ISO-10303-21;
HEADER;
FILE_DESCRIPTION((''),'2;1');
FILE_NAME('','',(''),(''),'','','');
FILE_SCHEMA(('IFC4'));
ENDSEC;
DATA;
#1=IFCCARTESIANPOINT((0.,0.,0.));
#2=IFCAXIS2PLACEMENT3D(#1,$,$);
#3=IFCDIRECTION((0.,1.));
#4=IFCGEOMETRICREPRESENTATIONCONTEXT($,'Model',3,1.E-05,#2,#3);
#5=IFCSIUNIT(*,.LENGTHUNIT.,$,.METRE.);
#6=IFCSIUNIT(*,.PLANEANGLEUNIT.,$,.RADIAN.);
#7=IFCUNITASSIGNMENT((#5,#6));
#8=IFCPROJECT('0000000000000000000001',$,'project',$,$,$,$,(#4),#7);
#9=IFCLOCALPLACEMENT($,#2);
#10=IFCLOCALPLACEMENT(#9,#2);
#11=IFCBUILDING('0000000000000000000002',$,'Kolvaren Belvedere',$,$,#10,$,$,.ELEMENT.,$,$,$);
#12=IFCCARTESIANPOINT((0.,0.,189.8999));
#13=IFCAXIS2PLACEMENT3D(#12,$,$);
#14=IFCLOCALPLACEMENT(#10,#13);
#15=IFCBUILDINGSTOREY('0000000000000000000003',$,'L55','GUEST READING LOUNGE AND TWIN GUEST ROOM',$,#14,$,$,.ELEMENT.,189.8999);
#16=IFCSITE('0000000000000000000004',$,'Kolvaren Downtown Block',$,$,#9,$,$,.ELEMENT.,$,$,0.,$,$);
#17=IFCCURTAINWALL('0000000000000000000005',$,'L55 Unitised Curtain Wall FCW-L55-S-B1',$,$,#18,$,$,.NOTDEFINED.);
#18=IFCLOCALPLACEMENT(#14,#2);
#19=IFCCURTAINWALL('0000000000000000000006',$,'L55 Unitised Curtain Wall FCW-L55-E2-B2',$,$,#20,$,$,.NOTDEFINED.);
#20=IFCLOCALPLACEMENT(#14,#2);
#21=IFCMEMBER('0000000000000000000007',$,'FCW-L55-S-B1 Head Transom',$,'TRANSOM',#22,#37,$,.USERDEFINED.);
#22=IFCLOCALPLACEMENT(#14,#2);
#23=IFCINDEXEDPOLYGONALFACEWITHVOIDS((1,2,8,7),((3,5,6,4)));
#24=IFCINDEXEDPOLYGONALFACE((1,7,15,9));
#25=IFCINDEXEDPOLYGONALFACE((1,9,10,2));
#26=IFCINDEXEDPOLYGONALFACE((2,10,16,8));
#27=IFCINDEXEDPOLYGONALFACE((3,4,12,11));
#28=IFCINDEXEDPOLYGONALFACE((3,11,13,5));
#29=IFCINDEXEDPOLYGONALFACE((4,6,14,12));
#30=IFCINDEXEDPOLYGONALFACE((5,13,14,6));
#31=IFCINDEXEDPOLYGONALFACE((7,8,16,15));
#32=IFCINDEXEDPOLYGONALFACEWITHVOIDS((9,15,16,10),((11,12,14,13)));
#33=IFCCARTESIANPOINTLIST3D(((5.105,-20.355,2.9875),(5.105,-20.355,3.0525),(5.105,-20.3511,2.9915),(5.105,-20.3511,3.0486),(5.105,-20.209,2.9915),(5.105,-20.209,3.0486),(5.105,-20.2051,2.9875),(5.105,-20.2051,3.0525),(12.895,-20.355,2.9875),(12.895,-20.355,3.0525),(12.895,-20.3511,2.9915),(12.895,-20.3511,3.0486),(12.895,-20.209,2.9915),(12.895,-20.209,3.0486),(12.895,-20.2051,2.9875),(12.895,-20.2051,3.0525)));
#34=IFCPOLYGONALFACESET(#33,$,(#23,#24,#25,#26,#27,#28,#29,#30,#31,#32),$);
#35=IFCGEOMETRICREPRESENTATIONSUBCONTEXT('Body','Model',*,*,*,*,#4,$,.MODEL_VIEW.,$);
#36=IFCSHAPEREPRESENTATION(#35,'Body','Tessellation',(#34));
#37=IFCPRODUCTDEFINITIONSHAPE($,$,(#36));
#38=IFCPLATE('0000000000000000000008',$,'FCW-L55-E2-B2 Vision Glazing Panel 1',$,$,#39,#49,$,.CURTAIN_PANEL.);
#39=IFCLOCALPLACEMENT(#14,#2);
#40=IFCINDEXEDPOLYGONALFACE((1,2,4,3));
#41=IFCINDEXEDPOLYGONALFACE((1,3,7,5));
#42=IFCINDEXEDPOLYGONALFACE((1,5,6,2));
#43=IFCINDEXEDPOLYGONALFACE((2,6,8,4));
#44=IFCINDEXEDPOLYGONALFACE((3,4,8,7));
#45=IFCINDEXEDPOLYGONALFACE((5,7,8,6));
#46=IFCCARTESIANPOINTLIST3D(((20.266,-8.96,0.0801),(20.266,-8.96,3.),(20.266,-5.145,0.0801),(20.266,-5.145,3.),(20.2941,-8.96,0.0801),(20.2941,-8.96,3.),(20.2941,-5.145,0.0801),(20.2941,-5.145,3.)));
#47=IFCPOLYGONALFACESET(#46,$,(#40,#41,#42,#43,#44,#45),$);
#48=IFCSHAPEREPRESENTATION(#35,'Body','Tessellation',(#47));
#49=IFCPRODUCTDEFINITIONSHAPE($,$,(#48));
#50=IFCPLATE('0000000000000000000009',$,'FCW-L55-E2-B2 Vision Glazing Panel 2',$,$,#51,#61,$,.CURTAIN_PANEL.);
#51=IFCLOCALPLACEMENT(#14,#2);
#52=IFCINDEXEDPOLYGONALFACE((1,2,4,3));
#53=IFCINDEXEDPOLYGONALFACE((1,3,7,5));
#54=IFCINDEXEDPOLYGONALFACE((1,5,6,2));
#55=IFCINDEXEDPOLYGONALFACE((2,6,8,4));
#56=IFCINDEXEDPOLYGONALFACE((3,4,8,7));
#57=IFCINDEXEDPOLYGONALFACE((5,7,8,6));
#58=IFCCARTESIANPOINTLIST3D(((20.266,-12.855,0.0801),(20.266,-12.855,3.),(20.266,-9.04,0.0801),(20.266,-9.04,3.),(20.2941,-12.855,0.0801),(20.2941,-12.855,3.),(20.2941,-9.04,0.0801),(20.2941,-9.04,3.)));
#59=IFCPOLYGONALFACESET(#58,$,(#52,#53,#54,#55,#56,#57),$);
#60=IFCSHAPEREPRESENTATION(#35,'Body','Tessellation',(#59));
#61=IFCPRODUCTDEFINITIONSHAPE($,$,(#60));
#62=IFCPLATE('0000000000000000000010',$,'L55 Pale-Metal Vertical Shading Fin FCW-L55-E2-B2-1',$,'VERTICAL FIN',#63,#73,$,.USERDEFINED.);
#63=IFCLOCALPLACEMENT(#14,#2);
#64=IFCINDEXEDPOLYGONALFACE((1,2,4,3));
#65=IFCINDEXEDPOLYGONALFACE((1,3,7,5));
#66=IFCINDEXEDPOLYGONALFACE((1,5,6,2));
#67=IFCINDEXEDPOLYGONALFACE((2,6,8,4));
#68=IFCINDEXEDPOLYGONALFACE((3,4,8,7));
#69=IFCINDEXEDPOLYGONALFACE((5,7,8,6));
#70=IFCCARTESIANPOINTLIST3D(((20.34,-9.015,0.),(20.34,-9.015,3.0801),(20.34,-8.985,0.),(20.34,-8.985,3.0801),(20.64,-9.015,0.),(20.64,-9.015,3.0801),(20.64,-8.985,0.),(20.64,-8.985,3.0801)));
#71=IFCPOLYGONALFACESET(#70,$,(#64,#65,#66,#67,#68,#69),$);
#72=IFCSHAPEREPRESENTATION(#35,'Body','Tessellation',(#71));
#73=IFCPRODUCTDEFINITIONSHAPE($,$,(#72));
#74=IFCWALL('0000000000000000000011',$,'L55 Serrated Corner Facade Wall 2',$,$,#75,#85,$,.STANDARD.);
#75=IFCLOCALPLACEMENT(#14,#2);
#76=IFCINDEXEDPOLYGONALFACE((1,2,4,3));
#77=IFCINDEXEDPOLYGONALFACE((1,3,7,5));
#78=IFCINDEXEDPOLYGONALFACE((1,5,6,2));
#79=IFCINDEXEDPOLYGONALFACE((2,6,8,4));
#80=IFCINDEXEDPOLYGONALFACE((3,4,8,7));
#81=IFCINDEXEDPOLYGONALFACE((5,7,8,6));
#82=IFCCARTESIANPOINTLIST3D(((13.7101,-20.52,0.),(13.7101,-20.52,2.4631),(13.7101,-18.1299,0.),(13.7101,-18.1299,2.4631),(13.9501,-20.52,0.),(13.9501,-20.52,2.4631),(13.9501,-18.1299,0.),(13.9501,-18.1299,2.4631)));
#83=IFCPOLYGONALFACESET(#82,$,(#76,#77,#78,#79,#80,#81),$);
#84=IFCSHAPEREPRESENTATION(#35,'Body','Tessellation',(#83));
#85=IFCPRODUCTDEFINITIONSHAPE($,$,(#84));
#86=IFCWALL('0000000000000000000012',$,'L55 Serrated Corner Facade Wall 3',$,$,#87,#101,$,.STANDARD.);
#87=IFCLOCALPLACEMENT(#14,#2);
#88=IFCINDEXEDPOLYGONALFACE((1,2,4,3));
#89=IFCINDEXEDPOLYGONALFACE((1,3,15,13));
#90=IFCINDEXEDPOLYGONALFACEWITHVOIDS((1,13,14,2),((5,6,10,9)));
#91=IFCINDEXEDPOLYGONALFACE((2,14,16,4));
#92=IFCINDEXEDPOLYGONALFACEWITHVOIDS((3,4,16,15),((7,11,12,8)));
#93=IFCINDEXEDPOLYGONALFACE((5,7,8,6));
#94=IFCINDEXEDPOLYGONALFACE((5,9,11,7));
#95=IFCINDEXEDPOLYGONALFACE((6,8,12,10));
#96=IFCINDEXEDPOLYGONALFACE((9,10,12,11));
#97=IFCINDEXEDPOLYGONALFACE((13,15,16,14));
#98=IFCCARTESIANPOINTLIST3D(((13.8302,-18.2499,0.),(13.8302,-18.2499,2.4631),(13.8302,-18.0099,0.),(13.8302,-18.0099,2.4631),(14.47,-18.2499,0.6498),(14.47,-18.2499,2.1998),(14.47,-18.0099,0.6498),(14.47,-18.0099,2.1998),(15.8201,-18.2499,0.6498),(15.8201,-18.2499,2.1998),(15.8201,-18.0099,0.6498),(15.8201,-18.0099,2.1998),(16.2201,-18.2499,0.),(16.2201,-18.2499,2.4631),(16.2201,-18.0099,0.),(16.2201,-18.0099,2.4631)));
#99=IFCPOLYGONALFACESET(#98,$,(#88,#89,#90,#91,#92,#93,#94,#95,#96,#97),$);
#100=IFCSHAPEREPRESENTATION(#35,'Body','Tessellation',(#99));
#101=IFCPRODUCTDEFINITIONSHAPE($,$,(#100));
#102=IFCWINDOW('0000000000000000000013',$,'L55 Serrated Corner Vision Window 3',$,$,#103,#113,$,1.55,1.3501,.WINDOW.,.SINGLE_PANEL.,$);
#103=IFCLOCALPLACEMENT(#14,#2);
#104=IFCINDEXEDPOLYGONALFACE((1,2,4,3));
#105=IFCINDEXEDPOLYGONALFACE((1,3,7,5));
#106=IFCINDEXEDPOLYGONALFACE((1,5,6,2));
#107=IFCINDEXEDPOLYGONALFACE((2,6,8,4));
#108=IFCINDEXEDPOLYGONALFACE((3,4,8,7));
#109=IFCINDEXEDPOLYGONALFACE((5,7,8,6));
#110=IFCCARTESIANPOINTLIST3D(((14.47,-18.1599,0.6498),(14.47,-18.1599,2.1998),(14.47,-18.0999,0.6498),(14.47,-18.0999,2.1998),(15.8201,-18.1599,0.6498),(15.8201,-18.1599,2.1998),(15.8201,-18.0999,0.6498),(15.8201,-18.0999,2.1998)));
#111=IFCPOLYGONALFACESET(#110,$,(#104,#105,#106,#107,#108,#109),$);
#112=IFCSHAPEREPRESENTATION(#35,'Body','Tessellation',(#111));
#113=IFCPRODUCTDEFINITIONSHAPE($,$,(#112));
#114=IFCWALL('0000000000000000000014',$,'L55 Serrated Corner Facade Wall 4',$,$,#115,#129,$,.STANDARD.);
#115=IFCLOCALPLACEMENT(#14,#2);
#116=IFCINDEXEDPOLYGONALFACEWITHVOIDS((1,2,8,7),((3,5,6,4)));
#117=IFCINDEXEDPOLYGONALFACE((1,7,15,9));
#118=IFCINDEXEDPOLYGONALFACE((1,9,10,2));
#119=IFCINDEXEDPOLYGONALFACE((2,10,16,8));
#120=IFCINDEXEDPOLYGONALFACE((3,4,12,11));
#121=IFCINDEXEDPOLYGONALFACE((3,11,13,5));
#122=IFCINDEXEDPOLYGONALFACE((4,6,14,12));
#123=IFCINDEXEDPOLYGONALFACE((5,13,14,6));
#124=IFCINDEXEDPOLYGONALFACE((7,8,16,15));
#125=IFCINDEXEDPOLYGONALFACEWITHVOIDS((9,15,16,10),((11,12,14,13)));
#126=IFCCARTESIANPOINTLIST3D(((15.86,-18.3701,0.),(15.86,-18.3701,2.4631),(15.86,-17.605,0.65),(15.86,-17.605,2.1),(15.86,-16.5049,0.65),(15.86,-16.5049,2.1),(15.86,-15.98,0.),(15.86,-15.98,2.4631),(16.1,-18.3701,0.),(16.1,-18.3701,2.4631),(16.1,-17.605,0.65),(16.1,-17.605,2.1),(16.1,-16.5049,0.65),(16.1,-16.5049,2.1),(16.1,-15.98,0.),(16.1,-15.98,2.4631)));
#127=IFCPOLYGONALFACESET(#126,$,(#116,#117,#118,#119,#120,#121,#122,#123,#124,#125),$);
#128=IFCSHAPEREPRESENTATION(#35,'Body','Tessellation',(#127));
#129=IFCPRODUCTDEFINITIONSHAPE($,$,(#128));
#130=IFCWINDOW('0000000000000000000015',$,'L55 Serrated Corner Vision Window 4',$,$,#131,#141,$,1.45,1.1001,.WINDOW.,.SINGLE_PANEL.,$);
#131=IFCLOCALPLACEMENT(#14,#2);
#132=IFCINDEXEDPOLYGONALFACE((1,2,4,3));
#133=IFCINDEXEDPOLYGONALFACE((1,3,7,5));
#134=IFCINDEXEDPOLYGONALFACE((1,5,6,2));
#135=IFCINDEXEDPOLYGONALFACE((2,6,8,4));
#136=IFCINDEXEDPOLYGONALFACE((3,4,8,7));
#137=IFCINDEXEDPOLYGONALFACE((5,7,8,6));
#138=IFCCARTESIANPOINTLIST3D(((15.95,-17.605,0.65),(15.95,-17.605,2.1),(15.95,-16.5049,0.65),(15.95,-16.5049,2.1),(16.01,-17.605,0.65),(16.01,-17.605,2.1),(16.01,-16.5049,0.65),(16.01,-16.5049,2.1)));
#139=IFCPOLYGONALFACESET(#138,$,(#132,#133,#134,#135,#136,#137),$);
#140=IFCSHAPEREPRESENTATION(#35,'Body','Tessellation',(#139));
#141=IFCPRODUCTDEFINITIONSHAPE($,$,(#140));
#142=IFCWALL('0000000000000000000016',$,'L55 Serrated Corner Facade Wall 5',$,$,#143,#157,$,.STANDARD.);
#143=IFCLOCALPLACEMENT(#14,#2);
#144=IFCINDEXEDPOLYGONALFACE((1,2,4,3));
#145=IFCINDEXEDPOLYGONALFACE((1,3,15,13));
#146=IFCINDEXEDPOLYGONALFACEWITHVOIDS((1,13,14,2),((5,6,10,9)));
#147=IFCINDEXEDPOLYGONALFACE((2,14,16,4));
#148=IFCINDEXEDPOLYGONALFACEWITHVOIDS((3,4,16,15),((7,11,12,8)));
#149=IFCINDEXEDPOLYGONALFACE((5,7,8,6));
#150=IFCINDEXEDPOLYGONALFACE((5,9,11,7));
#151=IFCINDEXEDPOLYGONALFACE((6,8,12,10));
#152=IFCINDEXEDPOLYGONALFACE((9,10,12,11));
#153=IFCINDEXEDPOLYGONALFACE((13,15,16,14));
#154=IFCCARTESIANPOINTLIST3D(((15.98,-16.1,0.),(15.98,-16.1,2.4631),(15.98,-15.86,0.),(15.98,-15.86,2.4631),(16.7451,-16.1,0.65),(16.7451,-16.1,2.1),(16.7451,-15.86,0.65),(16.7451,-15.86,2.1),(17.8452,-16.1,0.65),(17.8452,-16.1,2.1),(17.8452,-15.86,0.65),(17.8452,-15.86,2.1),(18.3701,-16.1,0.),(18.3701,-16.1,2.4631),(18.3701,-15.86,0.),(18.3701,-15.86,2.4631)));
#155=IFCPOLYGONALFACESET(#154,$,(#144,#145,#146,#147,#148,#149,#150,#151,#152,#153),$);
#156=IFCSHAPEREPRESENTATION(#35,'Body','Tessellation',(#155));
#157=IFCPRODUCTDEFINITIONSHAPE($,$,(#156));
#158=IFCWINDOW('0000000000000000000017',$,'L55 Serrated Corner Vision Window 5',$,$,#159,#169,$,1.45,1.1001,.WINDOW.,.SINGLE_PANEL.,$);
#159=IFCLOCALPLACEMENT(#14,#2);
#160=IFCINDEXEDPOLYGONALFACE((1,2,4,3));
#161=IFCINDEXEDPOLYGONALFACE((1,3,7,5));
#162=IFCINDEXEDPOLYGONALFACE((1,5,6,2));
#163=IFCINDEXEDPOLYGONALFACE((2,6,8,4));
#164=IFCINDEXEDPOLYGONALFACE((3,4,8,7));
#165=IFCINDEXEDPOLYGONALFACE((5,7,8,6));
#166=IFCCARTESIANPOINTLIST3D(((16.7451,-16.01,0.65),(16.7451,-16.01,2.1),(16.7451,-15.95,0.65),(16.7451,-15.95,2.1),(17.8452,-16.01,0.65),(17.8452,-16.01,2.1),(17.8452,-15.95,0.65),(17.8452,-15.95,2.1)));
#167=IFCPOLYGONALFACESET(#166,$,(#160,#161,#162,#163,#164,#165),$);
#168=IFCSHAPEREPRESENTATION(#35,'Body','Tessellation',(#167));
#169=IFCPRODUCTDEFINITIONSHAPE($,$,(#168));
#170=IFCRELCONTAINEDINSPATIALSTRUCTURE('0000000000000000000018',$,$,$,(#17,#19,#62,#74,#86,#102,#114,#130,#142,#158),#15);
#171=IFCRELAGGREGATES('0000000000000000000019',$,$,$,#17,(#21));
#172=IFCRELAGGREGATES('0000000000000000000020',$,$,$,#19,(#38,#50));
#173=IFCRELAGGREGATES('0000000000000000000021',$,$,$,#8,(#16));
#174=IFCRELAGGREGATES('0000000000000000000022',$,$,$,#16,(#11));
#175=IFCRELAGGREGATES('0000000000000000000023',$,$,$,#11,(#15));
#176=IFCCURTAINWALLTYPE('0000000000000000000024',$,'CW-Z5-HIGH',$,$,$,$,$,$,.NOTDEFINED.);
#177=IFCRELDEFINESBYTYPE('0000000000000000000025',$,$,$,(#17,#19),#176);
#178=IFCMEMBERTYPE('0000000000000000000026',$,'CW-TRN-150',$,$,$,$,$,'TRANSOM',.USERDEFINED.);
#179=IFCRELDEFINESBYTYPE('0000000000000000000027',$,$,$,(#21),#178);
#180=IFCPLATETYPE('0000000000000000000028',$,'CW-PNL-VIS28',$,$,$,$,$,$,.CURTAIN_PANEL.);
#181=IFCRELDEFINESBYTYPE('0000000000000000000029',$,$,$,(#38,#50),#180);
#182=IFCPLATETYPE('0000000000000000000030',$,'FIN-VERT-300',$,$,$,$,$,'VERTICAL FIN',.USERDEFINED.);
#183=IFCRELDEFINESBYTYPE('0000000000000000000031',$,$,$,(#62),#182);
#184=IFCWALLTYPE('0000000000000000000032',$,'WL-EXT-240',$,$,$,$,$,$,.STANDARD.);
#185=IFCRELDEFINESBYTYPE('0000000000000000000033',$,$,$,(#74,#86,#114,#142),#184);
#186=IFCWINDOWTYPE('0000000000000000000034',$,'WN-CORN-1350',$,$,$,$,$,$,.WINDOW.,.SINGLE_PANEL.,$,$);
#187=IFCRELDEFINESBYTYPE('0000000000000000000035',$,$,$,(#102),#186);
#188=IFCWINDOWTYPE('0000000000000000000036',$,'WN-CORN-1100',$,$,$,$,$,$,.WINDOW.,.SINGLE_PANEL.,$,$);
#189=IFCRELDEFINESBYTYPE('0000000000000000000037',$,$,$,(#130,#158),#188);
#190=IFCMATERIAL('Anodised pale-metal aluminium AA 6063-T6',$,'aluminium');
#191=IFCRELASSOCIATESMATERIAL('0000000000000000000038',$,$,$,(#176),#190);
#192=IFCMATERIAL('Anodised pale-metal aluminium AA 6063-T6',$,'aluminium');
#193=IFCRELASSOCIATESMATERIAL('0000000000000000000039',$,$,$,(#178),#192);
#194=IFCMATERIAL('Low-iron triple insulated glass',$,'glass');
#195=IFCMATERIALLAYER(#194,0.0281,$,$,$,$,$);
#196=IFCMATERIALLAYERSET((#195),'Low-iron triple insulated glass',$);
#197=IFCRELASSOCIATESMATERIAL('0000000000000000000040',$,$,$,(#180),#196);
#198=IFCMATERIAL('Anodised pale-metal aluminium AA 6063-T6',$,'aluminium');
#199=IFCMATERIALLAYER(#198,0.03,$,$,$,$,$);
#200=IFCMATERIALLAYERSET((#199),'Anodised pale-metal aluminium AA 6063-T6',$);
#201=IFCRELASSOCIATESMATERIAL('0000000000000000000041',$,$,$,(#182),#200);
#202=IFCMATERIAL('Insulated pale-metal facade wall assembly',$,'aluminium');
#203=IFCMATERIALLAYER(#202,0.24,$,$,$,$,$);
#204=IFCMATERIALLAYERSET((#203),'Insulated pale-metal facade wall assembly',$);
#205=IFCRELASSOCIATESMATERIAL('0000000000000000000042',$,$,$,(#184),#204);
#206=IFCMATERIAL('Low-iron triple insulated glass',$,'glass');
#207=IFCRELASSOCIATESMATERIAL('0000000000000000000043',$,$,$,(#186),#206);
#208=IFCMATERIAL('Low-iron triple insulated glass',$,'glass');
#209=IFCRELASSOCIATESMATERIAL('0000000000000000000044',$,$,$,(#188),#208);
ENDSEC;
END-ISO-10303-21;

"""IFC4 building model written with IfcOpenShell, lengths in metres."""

from ifc_helpers import new_model, si_unit, direction, frame, frame_2d, origin, origin_2d, place, context, subcontext, project, spatial, rectangle, hollow_rectangle, extrude, material, layer, layer_set, material_profile, profile_set, type_object, element, fill, aggregate, save


model = new_model("IFC4")

# Units and contexts
model_context = context("Model", 3, precision=1e-05, world=origin(), true_north=direction((0.0, 1.0)))
body_context = subcontext(model_context, "Body", "Model", "MODEL_VIEW")
ifc_project = project(units=[si_unit("LENGTHUNIT", "METRE"), si_unit("PLANEANGLEUNIT", "RADIAN")], contexts=[model_context])

# Site, building, storey
site_placement = place(None, origin())
site = spatial("IfcSite", under=ifc_project, at=site_placement, Name="Kolvaren Downtown Block", CompositionType="ELEMENT", RefElevation=0.0)
building_placement = place(site_placement, origin())
building = spatial("IfcBuilding", under=site, at=building_placement, Name="Kolvaren Belvedere", CompositionType="ELEMENT")
storey_placement = place(building_placement, frame((0.0, 0.0, 189.8999)))
storey = spatial("IfcBuildingStorey", under=building, at=storey_placement, Name="L55", Description="GUEST READING LOUNGE AND TWIN GUEST ROOM", CompositionType="ELEMENT", Elevation=189.8999)

# Curtain wall
ifc_material_1 = material(Name="Anodised pale-metal aluminium AA 6063-T6", Category="aluminium")
curtain_wall_type = type_object("IfcCurtainWallType", Name="CW-Z5-HIGH", PredefinedType="NOTDEFINED", material=ifc_material_1)
curtain_wall_1_placement = place(storey_placement, origin())
curtain_wall_1 = element("IfcCurtainWall", 1, at=curtain_wall_1_placement, inside=storey, type_object=curtain_wall_type, Name="L55 Unitised Curtain Wall FCW-L55-S-B1", PredefinedType="NOTDEFINED")

# Curtain wall
curtain_wall_2_placement = place(storey_placement, origin())
curtain_wall_2 = element("IfcCurtainWall", 2, at=curtain_wall_2_placement, inside=storey, type_object=curtain_wall_type, Name="L55 Unitised Curtain Wall FCW-L55-E2-B2", PredefinedType="NOTDEFINED")

# Member
ifc_material_2 = material(Name="Anodised pale-metal aluminium AA 6063-T6", Category="aluminium")
ifc_material_profile_1 = material_profile(ifc_material_2, hollow_rectangle(XDim=0.0649, YDim=0.1499, WallThickness=0.0039, at=origin_2d()), Name="ALU-TRN-150X65")
ifc_profile_set_1 = profile_set([ifc_material_profile_1], Name="Anodised pale-metal aluminium AA 6063-T6")
member_type_1 = type_object("IfcMemberType", Name="CW-TRN-150", ElementType="TRANSOM", PredefinedType="USERDEFINED", material=ifc_profile_set_1)
member_1_placement = place(storey_placement, frame((12.895, -20.28, 3.02), z_axis=(-1.0, 0.0, 0.0), x_axis=(0.0, 0.0, 1.0)))
member_1 = element("IfcMember", 3, at=member_1_placement, type_object=member_type_1, Name="FCW-L55-S-B1 Head Transom", ObjectType="TRANSOM", PredefinedType="USERDEFINED", context=body_context, shape_type="SweptSolid", body=[
    extrude(hollow_rectangle(XDim=0.0649, YDim=0.1499, WallThickness=0.0039, at=origin_2d()), origin(), (0.0, 0.0, 1.0), 7.79),
])
aggregate(curtain_wall_1, [member_1])

# Plates
ifc_material_3 = material(Name="Low-iron triple insulated glass", Category="glass")
ifc_layer_1 = layer(ifc_material_3, 0.0281)
ifc_layer_set_1 = layer_set([ifc_layer_1], Name="Low-iron triple insulated glass")
plate_type_1 = type_object("IfcPlateType", Name="CW-PNL-VIS28", PredefinedType="CURTAIN_PANEL", material=ifc_layer_set_1)
plate_1_placement = place(storey_placement, frame((20.28, -7.0525, 0.0801), z_axis=(0.0, 0.0, 1.0), x_axis=(0.0, -1.0, 0.0)))
plate_1 = element("IfcPlate", 4, at=plate_1_placement, type_object=plate_type_1, Name="FCW-L55-E2-B2 Vision Glazing Panel 1", PredefinedType="CURTAIN_PANEL", context=body_context, shape_type="SweptSolid", body=[
    extrude(rectangle(XDim=3.8149, YDim=0.0281, at=origin_2d()), origin(), (0.0, 0.0, 1.0), 2.9199),
])
plate_2_placement = place(storey_placement, frame((20.28, -10.9475, 0.0801), z_axis=(0.0, 0.0, 1.0), x_axis=(0.0, -1.0, 0.0)))
plate_2 = element("IfcPlate", 5, at=plate_2_placement, type_object=plate_type_1, Name="FCW-L55-E2-B2 Vision Glazing Panel 2", PredefinedType="CURTAIN_PANEL", context=body_context, shape_type="SweptSolid", body=[
    extrude(rectangle(XDim=3.8149, YDim=0.0281, at=origin_2d()), origin(), (0.0, 0.0, 1.0), 2.9199),
])
aggregate(curtain_wall_2, [plate_1, plate_2])
ifc_material_4 = material(Name="Anodised pale-metal aluminium AA 6063-T6", Category="aluminium")
ifc_layer_2 = layer(ifc_material_4, 0.03)
ifc_layer_set_2 = layer_set([ifc_layer_2], Name="Anodised pale-metal aluminium AA 6063-T6")
plate_type_2 = type_object("IfcPlateType", Name="FIN-VERT-300", ElementType="VERTICAL FIN", PredefinedType="USERDEFINED", material=ifc_layer_set_2)
plate_3_placement = place(storey_placement, frame((20.49, -9.0, 0.0), z_axis=(0.0, 0.0, 1.0), x_axis=(1.0, 0.0, 0.0)))
element("IfcPlate", 6, at=plate_3_placement, inside=storey, type_object=plate_type_2, Name="L55 Pale-Metal Vertical Shading Fin FCW-L55-E2-B2-1", ObjectType="VERTICAL FIN", PredefinedType="USERDEFINED", context=body_context, shape_type="SweptSolid", body=[
    extrude(rectangle(XDim=0.3, YDim=0.03, at=origin_2d()), origin(), (0.0, 0.0, 1.0), 3.0801),
])

# Wall
ifc_material_5 = material(Name="Insulated pale-metal facade wall assembly", Category="aluminium")
ifc_layer_3 = layer(ifc_material_5, 0.24)
ifc_layer_set_3 = layer_set([ifc_layer_3], Name="Insulated pale-metal facade wall assembly")
wall_type_1 = type_object("IfcWallType", Name="WL-EXT-240", PredefinedType="STANDARD", material=ifc_layer_set_3)
wall_1_placement = place(storey_placement, frame((13.8301, -18.1299, 0.0), z_axis=(0.0, 0.0, 1.0), x_axis=(0.0, -1.0, 0.0)))
element("IfcWall", 7, at=wall_1_placement, inside=storey, type_object=wall_type_1, Name="L55 Serrated Corner Facade Wall 2", PredefinedType="STANDARD", context=body_context, shape_type="SweptSolid", body=[
    extrude(rectangle(XDim=2.3901, YDim=0.24, at=frame_2d((1.1951, 0.0))), origin(), (0.0, 0.0, 1.0), 2.4631),
])

# Walls, openings, windows
wall_2_placement = place(storey_placement, frame((16.22, -18.1299, 0.0), z_axis=(0.0, 0.0, 1.0), x_axis=(-1.0, 0.0, 0.0)))
wall_2 = element("IfcWall", 8, at=wall_2_placement, inside=storey, type_object=wall_type_1, Name="L55 Serrated Corner Facade Wall 3", PredefinedType="STANDARD", context=body_context, shape_type="SweptSolid", body=[
    extrude(rectangle(XDim=2.3899, YDim=0.24, at=frame_2d((1.1948, 0.0))), origin(), (0.0, 0.0, 1.0), 2.4631),
])
opening_1_placement = place(wall_2_placement, frame((0.3999, 0.0, 0.6499)))
opening_1 = element("IfcOpeningElement", 9, at=opening_1_placement, cuts=wall_2, PredefinedType="OPENING", context=body_context, shape_type="SweptSolid", body=[
    extrude(rectangle(XDim=1.3501, YDim=1.55, at=frame_2d((0.675, 0.7749))), frame((0.0, 0.1299, 0.0), z_axis=(0.0, -1.0, 0.0), x_axis=(1.0, 0.0, 0.0)), (0.0, 0.0, 1.0), 0.26),
])
ifc_material_6 = material(Name="Low-iron triple insulated glass", Category="glass")
window_type_1 = type_object("IfcWindowType", Name="WN-CORN-1350", PartitioningType="SINGLE_PANEL", PredefinedType="WINDOW", material=ifc_material_6)
window_1_placement = place(opening_1_placement, origin())
window_1 = element("IfcWindow", 10, at=window_1_placement, inside=storey, type_object=window_type_1, Name="L55 Serrated Corner Vision Window 3", OverallHeight=1.55, OverallWidth=1.3501, PartitioningType="SINGLE_PANEL", PredefinedType="WINDOW", context=body_context, shape_type="SweptSolid", body=[
    extrude(rectangle(XDim=1.3501, YDim=1.55, at=frame_2d((0.675, 0.7749))), frame((0.0, 0.03, 0.0), z_axis=(0.0, -1.0, 0.0), x_axis=(1.0, 0.0, 0.0)), (0.0, 0.0, 1.0), 0.0601),
])
fill(opening_1, window_1)
wall_3_placement = place(storey_placement, frame((15.98, -15.98, 0.0), z_axis=(0.0, 0.0, 1.0), x_axis=(0.0, -1.0, 0.0)))
wall_3 = element("IfcWall", 11, at=wall_3_placement, inside=storey, type_object=wall_type_1, Name="L55 Serrated Corner Facade Wall 4", PredefinedType="STANDARD", context=body_context, shape_type="SweptSolid", body=[
    extrude(rectangle(XDim=2.3901, YDim=0.24, at=frame_2d((1.1951, 0.0))), origin(), (0.0, 0.0, 1.0), 2.4631),
])
opening_2_placement = place(wall_3_placement, frame((0.5249, 0.0, 0.6499)))
opening_2 = element("IfcOpeningElement", 12, at=opening_2_placement, cuts=wall_3, PredefinedType="OPENING", context=body_context, shape_type="SweptSolid", body=[
    extrude(rectangle(XDim=1.1001, YDim=1.45, at=frame_2d((0.55, 0.7251))), frame((0.0, 0.1299, 0.0), z_axis=(0.0, -1.0, 0.0), x_axis=(1.0, 0.0, 0.0)), (0.0, 0.0, 1.0), 0.26),
])
ifc_material_7 = material(Name="Low-iron triple insulated glass", Category="glass")
window_type_2 = type_object("IfcWindowType", Name="WN-CORN-1100", PartitioningType="SINGLE_PANEL", PredefinedType="WINDOW", material=ifc_material_7)
window_2_placement = place(opening_2_placement, origin())
window_2 = element("IfcWindow", 13, at=window_2_placement, inside=storey, type_object=window_type_2, Name="L55 Serrated Corner Vision Window 4", OverallHeight=1.45, OverallWidth=1.1001, PartitioningType="SINGLE_PANEL", PredefinedType="WINDOW", context=body_context, shape_type="SweptSolid", body=[
    extrude(rectangle(XDim=1.1001, YDim=1.45, at=frame_2d((0.55, 0.7251))), frame((0.0, 0.03, 0.0), z_axis=(0.0, -1.0, 0.0), x_axis=(1.0, 0.0, 0.0)), (0.0, 0.0, 1.0), 0.0601),
])
fill(opening_2, window_2)
wall_4_placement = place(storey_placement, frame((18.3701, -15.98, 0.0), z_axis=(0.0, 0.0, 1.0), x_axis=(-1.0, 0.0, 0.0)))
wall_4 = element("IfcWall", 14, at=wall_4_placement, inside=storey, type_object=wall_type_1, Name="L55 Serrated Corner Facade Wall 5", PredefinedType="STANDARD", context=body_context, shape_type="SweptSolid", body=[
    extrude(rectangle(XDim=2.3901, YDim=0.24, at=frame_2d((1.1951, 0.0))), origin(), (0.0, 0.0, 1.0), 2.4631),
])
opening_3_placement = place(wall_4_placement, frame((0.5249, 0.0, 0.6499)))
opening_3 = element("IfcOpeningElement", 15, at=opening_3_placement, cuts=wall_4, PredefinedType="OPENING", context=body_context, shape_type="SweptSolid", body=[
    extrude(rectangle(XDim=1.1001, YDim=1.45, at=frame_2d((0.55, 0.7251))), frame((0.0, 0.1299, 0.0), z_axis=(0.0, -1.0, 0.0), x_axis=(1.0, 0.0, 0.0)), (0.0, 0.0, 1.0), 0.26),
])
window_3_placement = place(opening_3_placement, origin())
window_3 = element("IfcWindow", 16, at=window_3_placement, inside=storey, type_object=window_type_2, Name="L55 Serrated Corner Vision Window 5", OverallHeight=1.45, OverallWidth=1.1001, PartitioningType="SINGLE_PANEL", PredefinedType="WINDOW", context=body_context, shape_type="SweptSolid", body=[
    extrude(rectangle(XDim=1.1001, YDim=1.45, at=frame_2d((0.55, 0.7251))), frame((0.0, 0.03, 0.0), z_axis=(0.0, -1.0, 0.0), x_axis=(1.0, 0.0, 0.0)), (0.0, 0.0, 1.0), 0.0601),
])
fill(opening_3, window_3)

save(model, "model.ifc")
